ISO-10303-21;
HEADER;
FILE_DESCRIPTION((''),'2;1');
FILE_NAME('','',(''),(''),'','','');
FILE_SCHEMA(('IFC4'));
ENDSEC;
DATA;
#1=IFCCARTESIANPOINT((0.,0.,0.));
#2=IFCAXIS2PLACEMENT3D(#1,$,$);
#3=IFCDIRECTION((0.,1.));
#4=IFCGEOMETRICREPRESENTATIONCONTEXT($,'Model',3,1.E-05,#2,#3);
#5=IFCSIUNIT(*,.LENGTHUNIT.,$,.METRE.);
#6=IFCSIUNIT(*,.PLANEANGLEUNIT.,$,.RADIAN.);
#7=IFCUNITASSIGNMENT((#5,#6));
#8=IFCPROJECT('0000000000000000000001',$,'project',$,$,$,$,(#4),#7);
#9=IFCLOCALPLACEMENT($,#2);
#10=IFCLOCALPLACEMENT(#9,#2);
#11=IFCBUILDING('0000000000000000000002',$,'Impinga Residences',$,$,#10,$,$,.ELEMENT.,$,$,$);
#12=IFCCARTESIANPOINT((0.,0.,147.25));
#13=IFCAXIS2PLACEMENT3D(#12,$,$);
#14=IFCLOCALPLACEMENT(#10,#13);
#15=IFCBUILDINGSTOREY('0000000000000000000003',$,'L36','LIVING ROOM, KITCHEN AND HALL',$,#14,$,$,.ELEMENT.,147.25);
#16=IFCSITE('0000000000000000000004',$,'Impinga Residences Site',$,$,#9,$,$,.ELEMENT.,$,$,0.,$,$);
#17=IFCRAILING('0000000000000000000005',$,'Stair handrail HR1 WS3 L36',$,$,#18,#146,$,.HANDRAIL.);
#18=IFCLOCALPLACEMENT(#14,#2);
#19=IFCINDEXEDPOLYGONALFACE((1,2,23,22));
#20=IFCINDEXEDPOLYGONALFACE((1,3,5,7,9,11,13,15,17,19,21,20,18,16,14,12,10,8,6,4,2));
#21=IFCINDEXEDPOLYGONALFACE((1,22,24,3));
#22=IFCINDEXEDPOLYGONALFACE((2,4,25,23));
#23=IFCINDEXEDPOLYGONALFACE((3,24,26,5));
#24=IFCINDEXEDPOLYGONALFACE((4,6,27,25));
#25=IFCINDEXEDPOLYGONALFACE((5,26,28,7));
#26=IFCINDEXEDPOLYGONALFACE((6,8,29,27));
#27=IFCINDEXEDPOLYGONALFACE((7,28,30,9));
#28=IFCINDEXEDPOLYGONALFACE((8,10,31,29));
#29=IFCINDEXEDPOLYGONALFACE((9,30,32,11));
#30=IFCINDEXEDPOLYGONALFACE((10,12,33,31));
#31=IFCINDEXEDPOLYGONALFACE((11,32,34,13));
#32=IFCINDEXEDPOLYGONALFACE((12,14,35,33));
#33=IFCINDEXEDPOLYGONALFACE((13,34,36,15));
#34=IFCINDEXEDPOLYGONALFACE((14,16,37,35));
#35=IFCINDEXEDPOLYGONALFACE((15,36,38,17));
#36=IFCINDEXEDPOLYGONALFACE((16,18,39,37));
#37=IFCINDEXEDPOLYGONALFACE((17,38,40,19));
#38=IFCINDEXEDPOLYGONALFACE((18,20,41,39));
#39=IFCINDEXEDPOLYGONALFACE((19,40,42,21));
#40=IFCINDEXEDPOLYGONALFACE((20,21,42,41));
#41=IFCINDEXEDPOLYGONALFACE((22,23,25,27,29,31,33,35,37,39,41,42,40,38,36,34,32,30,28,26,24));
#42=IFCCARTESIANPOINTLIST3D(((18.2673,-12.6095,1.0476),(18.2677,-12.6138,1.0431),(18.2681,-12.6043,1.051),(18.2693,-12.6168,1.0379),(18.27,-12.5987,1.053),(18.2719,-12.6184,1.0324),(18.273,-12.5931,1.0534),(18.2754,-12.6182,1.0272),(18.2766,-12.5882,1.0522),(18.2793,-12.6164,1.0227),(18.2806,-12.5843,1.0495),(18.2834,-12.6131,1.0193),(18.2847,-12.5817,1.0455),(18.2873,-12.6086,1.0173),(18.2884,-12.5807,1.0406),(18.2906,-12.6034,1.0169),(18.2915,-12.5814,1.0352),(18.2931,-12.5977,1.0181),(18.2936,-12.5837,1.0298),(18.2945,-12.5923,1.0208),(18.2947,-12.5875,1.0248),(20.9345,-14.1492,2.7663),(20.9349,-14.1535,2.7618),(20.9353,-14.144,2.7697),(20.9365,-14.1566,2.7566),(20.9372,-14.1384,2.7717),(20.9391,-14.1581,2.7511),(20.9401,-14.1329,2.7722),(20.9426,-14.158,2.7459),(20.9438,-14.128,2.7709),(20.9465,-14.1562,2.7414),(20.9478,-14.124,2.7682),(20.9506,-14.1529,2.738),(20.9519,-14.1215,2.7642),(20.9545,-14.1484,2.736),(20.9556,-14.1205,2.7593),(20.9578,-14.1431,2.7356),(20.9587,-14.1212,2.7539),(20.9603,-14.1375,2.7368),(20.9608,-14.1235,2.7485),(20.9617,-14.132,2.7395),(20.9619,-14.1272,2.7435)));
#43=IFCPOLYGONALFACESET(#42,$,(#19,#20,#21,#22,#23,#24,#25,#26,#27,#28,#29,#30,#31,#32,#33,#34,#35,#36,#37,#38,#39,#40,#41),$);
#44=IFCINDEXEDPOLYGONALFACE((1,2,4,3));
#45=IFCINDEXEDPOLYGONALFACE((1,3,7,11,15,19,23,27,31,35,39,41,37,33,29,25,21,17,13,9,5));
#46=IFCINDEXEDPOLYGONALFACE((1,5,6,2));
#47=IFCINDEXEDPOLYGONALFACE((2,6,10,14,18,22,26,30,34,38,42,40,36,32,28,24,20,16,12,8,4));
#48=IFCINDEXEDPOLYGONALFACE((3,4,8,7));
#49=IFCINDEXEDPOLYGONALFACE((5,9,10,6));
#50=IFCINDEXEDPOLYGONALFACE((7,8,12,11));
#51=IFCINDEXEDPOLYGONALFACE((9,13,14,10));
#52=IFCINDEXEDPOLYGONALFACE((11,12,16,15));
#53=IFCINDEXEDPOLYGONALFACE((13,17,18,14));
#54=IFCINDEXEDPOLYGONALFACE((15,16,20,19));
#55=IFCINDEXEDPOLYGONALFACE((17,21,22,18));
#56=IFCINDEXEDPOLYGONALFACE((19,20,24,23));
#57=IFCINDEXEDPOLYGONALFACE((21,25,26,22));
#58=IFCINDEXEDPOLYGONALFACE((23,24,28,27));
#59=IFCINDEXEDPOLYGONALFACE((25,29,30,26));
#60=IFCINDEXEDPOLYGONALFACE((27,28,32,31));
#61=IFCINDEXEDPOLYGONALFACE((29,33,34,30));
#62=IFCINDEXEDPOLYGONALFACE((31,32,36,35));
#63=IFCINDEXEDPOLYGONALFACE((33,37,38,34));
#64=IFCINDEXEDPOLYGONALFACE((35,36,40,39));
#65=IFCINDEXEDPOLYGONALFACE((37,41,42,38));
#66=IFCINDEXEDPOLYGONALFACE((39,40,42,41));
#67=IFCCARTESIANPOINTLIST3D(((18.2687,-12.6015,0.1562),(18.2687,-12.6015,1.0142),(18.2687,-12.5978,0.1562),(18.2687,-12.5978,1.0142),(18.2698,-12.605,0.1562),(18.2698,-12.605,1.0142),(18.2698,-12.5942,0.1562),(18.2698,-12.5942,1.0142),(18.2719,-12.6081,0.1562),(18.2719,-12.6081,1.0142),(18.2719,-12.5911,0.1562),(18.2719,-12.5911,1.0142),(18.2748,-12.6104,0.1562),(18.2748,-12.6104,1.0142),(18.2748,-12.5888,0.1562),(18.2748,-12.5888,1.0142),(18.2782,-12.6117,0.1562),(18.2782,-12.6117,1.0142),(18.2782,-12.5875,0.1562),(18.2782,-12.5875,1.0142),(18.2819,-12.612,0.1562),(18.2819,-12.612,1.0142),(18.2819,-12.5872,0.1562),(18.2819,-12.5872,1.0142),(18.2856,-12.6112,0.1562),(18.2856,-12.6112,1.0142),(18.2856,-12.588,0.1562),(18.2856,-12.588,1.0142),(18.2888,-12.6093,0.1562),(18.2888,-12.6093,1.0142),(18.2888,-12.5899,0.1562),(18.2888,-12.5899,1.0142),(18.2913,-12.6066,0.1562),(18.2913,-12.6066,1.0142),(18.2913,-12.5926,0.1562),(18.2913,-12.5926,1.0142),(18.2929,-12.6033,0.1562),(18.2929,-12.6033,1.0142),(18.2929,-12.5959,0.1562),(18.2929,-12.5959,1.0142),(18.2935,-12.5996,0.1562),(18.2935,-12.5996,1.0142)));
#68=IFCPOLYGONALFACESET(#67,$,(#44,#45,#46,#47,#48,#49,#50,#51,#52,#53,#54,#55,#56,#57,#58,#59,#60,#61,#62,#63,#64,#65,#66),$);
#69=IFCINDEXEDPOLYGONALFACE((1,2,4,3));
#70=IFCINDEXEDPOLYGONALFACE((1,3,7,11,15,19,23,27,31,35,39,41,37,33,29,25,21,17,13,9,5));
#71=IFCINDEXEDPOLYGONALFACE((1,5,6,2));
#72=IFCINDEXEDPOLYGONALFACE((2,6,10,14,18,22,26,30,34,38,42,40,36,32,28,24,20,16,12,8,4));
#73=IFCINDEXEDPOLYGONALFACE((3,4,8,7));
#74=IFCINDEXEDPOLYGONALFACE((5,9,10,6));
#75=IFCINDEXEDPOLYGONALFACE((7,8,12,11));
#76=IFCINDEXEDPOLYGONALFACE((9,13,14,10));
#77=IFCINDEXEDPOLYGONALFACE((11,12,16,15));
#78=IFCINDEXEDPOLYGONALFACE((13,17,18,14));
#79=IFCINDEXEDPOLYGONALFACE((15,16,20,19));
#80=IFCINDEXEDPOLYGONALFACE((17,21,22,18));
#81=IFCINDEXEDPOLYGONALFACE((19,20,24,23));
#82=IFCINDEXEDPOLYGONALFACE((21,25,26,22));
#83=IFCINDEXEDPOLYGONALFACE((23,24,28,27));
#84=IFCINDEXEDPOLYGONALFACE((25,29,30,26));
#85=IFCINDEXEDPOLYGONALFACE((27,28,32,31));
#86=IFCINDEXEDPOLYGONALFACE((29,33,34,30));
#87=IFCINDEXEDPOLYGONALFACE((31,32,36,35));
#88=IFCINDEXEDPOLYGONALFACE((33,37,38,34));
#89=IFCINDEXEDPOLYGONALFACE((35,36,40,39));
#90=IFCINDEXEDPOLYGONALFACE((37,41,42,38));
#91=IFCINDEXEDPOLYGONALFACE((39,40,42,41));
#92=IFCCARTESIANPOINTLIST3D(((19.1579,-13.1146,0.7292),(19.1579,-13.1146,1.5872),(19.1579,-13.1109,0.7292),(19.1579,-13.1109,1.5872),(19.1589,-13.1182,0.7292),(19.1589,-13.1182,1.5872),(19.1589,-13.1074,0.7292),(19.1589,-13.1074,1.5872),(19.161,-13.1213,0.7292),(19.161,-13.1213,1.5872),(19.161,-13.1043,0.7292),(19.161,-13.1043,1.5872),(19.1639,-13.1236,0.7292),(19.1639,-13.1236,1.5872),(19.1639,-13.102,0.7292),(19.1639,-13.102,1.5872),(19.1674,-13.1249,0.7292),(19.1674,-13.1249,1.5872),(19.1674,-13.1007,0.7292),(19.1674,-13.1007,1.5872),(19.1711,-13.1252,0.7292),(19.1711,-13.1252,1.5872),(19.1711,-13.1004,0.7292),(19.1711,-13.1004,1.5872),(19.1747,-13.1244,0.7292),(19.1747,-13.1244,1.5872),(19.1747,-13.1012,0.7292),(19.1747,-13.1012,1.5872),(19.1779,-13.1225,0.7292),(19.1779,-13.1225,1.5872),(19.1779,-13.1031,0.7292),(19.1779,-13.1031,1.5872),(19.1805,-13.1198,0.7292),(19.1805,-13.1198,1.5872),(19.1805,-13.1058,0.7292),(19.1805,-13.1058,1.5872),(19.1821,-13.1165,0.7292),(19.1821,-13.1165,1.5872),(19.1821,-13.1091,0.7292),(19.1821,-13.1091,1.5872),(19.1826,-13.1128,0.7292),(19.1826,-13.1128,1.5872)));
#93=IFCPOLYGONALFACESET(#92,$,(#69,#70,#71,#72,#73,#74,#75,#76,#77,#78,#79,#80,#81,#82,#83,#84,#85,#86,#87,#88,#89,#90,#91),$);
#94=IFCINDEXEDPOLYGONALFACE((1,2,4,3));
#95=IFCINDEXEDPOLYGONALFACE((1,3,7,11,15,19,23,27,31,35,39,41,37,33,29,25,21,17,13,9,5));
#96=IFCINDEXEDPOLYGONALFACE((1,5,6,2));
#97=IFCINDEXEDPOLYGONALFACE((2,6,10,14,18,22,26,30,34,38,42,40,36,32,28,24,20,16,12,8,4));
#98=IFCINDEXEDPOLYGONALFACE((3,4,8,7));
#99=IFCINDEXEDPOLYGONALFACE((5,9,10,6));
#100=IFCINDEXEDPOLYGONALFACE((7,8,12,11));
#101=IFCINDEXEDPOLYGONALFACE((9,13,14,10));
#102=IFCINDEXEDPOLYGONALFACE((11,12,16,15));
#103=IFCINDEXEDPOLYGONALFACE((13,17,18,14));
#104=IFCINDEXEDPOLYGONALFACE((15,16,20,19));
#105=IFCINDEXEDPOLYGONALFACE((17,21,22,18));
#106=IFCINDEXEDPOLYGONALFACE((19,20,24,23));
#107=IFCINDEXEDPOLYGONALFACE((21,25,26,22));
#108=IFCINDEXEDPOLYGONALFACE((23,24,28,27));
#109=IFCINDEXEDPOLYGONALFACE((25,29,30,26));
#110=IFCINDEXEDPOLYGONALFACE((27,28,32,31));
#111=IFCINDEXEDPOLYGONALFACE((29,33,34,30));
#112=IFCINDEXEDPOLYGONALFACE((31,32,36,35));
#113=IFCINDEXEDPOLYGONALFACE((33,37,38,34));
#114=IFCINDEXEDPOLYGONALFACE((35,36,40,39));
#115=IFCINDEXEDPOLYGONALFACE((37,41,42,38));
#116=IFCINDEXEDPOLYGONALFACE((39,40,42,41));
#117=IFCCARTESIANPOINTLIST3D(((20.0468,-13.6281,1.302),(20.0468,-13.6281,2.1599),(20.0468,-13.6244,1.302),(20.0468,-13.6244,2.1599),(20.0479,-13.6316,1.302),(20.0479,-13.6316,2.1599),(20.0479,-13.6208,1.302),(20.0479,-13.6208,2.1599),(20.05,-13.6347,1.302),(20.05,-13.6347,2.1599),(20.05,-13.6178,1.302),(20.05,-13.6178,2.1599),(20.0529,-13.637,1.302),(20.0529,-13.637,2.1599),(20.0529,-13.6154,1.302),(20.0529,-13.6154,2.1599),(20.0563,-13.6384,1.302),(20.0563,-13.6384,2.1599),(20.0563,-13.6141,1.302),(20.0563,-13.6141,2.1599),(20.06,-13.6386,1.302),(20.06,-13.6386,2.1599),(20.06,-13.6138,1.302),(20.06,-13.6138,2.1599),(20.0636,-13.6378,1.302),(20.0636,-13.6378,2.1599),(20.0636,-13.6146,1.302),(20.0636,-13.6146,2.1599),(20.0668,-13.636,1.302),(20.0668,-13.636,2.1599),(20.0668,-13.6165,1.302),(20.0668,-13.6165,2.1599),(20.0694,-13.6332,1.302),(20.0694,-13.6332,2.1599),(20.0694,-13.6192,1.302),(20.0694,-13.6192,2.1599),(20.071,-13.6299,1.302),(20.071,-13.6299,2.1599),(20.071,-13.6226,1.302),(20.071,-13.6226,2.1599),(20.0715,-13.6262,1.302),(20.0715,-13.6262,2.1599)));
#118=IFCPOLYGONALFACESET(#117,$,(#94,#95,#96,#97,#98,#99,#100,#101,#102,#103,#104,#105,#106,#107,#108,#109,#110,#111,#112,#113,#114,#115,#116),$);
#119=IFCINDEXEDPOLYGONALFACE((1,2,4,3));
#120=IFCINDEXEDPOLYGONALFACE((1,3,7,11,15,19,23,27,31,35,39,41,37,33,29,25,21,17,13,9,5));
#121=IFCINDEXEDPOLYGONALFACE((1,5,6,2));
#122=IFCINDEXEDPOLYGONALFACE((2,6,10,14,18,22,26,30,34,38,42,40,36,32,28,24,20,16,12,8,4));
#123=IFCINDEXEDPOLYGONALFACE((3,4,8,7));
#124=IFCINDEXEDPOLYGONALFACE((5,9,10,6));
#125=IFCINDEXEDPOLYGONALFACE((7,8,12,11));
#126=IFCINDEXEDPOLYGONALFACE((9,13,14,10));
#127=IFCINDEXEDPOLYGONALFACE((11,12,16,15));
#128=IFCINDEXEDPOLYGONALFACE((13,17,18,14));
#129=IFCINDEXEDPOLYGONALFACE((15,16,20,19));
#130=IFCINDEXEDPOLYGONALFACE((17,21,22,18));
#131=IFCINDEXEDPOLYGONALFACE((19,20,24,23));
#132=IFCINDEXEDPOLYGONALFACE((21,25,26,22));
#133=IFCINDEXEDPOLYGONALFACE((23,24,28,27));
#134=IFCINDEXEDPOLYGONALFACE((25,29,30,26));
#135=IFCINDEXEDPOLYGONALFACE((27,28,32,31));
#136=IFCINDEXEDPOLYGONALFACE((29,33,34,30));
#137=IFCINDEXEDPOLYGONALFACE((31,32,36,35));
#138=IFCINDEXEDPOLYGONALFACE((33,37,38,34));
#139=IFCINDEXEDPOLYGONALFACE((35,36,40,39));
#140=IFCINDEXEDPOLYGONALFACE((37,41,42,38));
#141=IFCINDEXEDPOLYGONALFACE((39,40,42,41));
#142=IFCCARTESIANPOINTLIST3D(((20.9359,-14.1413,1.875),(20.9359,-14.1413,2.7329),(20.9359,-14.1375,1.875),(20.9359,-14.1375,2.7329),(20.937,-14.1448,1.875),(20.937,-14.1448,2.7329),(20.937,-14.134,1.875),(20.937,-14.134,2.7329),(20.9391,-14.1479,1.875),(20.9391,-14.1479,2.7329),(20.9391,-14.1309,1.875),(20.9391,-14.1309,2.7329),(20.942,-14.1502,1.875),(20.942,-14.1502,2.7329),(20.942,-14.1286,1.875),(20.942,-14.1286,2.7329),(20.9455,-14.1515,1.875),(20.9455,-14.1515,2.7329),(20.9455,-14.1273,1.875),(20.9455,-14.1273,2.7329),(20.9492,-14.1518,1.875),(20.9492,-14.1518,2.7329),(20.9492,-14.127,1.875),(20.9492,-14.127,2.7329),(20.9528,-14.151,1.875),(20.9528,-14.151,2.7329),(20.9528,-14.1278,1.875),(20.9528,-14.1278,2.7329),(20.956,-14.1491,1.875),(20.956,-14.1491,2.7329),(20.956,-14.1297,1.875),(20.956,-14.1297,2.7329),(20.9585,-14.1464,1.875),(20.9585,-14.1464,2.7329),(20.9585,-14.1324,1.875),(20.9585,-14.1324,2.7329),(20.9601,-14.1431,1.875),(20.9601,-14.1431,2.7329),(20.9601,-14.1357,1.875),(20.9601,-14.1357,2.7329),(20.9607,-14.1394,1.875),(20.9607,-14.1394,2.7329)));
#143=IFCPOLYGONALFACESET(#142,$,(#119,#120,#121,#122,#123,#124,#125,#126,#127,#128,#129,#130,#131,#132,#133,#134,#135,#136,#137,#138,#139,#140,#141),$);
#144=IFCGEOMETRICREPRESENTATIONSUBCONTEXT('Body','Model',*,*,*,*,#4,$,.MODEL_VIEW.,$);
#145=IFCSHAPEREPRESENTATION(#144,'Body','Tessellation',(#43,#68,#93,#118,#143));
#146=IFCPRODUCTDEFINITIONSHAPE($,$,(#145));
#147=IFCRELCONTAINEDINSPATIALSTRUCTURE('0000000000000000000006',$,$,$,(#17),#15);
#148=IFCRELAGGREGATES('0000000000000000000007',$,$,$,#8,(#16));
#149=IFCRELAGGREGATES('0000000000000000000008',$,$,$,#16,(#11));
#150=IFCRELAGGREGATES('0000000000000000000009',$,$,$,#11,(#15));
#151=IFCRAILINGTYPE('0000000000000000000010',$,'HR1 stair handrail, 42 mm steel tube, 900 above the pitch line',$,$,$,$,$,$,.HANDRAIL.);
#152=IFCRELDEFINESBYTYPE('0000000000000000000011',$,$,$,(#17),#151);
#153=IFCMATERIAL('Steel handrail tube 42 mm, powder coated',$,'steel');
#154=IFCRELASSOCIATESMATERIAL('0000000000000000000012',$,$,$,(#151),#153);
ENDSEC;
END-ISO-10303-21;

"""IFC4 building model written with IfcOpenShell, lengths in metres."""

from ifc_helpers import new_model, si_unit, direction, frame, origin, origin_2d, place, context, subcontext, project, spatial, circle, extrude, material, type_object, element, save


model = new_model("IFC4")

# Units and contexts
model_context = context("Model", 3, precision=1e-05, world=origin(), true_north=direction((0.0, 1.0)))
body_context = subcontext(model_context, "Body", "Model", "MODEL_VIEW")
ifc_project = project(units=[si_unit("LENGTHUNIT", "METRE"), si_unit("PLANEANGLEUNIT", "RADIAN")], contexts=[model_context])

# Site, building, storey
site_placement = place(None, origin())
site = spatial("IfcSite", under=ifc_project, at=site_placement, Name="Impinga Residences Site", CompositionType="ELEMENT", RefElevation=0.0)
building_placement = place(site_placement, origin())
building = spatial("IfcBuilding", under=site, at=building_placement, Name="Impinga Residences", CompositionType="ELEMENT")
storey_placement = place(building_placement, frame((0.0, 0.0, 147.25)))
storey = spatial("IfcBuildingStorey", under=building, at=storey_placement, Name="L36", Description="LIVING ROOM, KITCHEN AND HALL", CompositionType="ELEMENT", Elevation=147.25)

# Railing
ifc_material_1 = material(Name="Steel handrail tube 42 mm, powder coated", Category="steel")
railing_type = type_object("IfcRailingType", Name="HR1 stair handrail, 42 mm steel tube, 900 above the pitch line", PredefinedType="HANDRAIL", material=ifc_material_1)
railing_1_placement = place(storey_placement, frame((18.281, -12.5996, 0.1562)))
element("IfcRailing", 1, at=railing_1_placement, inside=storey, type_object=railing_type, Name="Stair handrail HR1 WS3 L36", PredefinedType="HANDRAIL", context=body_context, shape_type="SweptSolid", body=[
    extrude(circle(Radius=0.021, at=origin_2d()), frame((0.0, 0.0, 0.8789), z_axis=(0.756249, -0.436582, 0.487322), x_axis=(0.499967, 0.866044, 0.0)), (0.0, 0.0, 1.0), 3.5269),
    extrude(circle(Radius=0.0125, at=origin_2d()), origin(), (0.0, 0.0, 1.0), 0.8579),
    extrude(circle(Radius=0.0125, at=origin_2d()), frame((0.8892, -0.5132, 0.573)), (0.0, 0.0, 1.0), 0.8579),
    extrude(circle(Radius=0.0125, at=origin_2d()), frame((1.7781, -1.0266, 1.1458)), (0.0, 0.0, 1.0), 0.8579),
    extrude(circle(Radius=0.0125, at=origin_2d()), frame((2.6672, -1.5398, 1.7188)), (0.0, 0.0, 1.0), 0.8579),
])

save(model, "model.ifc")
